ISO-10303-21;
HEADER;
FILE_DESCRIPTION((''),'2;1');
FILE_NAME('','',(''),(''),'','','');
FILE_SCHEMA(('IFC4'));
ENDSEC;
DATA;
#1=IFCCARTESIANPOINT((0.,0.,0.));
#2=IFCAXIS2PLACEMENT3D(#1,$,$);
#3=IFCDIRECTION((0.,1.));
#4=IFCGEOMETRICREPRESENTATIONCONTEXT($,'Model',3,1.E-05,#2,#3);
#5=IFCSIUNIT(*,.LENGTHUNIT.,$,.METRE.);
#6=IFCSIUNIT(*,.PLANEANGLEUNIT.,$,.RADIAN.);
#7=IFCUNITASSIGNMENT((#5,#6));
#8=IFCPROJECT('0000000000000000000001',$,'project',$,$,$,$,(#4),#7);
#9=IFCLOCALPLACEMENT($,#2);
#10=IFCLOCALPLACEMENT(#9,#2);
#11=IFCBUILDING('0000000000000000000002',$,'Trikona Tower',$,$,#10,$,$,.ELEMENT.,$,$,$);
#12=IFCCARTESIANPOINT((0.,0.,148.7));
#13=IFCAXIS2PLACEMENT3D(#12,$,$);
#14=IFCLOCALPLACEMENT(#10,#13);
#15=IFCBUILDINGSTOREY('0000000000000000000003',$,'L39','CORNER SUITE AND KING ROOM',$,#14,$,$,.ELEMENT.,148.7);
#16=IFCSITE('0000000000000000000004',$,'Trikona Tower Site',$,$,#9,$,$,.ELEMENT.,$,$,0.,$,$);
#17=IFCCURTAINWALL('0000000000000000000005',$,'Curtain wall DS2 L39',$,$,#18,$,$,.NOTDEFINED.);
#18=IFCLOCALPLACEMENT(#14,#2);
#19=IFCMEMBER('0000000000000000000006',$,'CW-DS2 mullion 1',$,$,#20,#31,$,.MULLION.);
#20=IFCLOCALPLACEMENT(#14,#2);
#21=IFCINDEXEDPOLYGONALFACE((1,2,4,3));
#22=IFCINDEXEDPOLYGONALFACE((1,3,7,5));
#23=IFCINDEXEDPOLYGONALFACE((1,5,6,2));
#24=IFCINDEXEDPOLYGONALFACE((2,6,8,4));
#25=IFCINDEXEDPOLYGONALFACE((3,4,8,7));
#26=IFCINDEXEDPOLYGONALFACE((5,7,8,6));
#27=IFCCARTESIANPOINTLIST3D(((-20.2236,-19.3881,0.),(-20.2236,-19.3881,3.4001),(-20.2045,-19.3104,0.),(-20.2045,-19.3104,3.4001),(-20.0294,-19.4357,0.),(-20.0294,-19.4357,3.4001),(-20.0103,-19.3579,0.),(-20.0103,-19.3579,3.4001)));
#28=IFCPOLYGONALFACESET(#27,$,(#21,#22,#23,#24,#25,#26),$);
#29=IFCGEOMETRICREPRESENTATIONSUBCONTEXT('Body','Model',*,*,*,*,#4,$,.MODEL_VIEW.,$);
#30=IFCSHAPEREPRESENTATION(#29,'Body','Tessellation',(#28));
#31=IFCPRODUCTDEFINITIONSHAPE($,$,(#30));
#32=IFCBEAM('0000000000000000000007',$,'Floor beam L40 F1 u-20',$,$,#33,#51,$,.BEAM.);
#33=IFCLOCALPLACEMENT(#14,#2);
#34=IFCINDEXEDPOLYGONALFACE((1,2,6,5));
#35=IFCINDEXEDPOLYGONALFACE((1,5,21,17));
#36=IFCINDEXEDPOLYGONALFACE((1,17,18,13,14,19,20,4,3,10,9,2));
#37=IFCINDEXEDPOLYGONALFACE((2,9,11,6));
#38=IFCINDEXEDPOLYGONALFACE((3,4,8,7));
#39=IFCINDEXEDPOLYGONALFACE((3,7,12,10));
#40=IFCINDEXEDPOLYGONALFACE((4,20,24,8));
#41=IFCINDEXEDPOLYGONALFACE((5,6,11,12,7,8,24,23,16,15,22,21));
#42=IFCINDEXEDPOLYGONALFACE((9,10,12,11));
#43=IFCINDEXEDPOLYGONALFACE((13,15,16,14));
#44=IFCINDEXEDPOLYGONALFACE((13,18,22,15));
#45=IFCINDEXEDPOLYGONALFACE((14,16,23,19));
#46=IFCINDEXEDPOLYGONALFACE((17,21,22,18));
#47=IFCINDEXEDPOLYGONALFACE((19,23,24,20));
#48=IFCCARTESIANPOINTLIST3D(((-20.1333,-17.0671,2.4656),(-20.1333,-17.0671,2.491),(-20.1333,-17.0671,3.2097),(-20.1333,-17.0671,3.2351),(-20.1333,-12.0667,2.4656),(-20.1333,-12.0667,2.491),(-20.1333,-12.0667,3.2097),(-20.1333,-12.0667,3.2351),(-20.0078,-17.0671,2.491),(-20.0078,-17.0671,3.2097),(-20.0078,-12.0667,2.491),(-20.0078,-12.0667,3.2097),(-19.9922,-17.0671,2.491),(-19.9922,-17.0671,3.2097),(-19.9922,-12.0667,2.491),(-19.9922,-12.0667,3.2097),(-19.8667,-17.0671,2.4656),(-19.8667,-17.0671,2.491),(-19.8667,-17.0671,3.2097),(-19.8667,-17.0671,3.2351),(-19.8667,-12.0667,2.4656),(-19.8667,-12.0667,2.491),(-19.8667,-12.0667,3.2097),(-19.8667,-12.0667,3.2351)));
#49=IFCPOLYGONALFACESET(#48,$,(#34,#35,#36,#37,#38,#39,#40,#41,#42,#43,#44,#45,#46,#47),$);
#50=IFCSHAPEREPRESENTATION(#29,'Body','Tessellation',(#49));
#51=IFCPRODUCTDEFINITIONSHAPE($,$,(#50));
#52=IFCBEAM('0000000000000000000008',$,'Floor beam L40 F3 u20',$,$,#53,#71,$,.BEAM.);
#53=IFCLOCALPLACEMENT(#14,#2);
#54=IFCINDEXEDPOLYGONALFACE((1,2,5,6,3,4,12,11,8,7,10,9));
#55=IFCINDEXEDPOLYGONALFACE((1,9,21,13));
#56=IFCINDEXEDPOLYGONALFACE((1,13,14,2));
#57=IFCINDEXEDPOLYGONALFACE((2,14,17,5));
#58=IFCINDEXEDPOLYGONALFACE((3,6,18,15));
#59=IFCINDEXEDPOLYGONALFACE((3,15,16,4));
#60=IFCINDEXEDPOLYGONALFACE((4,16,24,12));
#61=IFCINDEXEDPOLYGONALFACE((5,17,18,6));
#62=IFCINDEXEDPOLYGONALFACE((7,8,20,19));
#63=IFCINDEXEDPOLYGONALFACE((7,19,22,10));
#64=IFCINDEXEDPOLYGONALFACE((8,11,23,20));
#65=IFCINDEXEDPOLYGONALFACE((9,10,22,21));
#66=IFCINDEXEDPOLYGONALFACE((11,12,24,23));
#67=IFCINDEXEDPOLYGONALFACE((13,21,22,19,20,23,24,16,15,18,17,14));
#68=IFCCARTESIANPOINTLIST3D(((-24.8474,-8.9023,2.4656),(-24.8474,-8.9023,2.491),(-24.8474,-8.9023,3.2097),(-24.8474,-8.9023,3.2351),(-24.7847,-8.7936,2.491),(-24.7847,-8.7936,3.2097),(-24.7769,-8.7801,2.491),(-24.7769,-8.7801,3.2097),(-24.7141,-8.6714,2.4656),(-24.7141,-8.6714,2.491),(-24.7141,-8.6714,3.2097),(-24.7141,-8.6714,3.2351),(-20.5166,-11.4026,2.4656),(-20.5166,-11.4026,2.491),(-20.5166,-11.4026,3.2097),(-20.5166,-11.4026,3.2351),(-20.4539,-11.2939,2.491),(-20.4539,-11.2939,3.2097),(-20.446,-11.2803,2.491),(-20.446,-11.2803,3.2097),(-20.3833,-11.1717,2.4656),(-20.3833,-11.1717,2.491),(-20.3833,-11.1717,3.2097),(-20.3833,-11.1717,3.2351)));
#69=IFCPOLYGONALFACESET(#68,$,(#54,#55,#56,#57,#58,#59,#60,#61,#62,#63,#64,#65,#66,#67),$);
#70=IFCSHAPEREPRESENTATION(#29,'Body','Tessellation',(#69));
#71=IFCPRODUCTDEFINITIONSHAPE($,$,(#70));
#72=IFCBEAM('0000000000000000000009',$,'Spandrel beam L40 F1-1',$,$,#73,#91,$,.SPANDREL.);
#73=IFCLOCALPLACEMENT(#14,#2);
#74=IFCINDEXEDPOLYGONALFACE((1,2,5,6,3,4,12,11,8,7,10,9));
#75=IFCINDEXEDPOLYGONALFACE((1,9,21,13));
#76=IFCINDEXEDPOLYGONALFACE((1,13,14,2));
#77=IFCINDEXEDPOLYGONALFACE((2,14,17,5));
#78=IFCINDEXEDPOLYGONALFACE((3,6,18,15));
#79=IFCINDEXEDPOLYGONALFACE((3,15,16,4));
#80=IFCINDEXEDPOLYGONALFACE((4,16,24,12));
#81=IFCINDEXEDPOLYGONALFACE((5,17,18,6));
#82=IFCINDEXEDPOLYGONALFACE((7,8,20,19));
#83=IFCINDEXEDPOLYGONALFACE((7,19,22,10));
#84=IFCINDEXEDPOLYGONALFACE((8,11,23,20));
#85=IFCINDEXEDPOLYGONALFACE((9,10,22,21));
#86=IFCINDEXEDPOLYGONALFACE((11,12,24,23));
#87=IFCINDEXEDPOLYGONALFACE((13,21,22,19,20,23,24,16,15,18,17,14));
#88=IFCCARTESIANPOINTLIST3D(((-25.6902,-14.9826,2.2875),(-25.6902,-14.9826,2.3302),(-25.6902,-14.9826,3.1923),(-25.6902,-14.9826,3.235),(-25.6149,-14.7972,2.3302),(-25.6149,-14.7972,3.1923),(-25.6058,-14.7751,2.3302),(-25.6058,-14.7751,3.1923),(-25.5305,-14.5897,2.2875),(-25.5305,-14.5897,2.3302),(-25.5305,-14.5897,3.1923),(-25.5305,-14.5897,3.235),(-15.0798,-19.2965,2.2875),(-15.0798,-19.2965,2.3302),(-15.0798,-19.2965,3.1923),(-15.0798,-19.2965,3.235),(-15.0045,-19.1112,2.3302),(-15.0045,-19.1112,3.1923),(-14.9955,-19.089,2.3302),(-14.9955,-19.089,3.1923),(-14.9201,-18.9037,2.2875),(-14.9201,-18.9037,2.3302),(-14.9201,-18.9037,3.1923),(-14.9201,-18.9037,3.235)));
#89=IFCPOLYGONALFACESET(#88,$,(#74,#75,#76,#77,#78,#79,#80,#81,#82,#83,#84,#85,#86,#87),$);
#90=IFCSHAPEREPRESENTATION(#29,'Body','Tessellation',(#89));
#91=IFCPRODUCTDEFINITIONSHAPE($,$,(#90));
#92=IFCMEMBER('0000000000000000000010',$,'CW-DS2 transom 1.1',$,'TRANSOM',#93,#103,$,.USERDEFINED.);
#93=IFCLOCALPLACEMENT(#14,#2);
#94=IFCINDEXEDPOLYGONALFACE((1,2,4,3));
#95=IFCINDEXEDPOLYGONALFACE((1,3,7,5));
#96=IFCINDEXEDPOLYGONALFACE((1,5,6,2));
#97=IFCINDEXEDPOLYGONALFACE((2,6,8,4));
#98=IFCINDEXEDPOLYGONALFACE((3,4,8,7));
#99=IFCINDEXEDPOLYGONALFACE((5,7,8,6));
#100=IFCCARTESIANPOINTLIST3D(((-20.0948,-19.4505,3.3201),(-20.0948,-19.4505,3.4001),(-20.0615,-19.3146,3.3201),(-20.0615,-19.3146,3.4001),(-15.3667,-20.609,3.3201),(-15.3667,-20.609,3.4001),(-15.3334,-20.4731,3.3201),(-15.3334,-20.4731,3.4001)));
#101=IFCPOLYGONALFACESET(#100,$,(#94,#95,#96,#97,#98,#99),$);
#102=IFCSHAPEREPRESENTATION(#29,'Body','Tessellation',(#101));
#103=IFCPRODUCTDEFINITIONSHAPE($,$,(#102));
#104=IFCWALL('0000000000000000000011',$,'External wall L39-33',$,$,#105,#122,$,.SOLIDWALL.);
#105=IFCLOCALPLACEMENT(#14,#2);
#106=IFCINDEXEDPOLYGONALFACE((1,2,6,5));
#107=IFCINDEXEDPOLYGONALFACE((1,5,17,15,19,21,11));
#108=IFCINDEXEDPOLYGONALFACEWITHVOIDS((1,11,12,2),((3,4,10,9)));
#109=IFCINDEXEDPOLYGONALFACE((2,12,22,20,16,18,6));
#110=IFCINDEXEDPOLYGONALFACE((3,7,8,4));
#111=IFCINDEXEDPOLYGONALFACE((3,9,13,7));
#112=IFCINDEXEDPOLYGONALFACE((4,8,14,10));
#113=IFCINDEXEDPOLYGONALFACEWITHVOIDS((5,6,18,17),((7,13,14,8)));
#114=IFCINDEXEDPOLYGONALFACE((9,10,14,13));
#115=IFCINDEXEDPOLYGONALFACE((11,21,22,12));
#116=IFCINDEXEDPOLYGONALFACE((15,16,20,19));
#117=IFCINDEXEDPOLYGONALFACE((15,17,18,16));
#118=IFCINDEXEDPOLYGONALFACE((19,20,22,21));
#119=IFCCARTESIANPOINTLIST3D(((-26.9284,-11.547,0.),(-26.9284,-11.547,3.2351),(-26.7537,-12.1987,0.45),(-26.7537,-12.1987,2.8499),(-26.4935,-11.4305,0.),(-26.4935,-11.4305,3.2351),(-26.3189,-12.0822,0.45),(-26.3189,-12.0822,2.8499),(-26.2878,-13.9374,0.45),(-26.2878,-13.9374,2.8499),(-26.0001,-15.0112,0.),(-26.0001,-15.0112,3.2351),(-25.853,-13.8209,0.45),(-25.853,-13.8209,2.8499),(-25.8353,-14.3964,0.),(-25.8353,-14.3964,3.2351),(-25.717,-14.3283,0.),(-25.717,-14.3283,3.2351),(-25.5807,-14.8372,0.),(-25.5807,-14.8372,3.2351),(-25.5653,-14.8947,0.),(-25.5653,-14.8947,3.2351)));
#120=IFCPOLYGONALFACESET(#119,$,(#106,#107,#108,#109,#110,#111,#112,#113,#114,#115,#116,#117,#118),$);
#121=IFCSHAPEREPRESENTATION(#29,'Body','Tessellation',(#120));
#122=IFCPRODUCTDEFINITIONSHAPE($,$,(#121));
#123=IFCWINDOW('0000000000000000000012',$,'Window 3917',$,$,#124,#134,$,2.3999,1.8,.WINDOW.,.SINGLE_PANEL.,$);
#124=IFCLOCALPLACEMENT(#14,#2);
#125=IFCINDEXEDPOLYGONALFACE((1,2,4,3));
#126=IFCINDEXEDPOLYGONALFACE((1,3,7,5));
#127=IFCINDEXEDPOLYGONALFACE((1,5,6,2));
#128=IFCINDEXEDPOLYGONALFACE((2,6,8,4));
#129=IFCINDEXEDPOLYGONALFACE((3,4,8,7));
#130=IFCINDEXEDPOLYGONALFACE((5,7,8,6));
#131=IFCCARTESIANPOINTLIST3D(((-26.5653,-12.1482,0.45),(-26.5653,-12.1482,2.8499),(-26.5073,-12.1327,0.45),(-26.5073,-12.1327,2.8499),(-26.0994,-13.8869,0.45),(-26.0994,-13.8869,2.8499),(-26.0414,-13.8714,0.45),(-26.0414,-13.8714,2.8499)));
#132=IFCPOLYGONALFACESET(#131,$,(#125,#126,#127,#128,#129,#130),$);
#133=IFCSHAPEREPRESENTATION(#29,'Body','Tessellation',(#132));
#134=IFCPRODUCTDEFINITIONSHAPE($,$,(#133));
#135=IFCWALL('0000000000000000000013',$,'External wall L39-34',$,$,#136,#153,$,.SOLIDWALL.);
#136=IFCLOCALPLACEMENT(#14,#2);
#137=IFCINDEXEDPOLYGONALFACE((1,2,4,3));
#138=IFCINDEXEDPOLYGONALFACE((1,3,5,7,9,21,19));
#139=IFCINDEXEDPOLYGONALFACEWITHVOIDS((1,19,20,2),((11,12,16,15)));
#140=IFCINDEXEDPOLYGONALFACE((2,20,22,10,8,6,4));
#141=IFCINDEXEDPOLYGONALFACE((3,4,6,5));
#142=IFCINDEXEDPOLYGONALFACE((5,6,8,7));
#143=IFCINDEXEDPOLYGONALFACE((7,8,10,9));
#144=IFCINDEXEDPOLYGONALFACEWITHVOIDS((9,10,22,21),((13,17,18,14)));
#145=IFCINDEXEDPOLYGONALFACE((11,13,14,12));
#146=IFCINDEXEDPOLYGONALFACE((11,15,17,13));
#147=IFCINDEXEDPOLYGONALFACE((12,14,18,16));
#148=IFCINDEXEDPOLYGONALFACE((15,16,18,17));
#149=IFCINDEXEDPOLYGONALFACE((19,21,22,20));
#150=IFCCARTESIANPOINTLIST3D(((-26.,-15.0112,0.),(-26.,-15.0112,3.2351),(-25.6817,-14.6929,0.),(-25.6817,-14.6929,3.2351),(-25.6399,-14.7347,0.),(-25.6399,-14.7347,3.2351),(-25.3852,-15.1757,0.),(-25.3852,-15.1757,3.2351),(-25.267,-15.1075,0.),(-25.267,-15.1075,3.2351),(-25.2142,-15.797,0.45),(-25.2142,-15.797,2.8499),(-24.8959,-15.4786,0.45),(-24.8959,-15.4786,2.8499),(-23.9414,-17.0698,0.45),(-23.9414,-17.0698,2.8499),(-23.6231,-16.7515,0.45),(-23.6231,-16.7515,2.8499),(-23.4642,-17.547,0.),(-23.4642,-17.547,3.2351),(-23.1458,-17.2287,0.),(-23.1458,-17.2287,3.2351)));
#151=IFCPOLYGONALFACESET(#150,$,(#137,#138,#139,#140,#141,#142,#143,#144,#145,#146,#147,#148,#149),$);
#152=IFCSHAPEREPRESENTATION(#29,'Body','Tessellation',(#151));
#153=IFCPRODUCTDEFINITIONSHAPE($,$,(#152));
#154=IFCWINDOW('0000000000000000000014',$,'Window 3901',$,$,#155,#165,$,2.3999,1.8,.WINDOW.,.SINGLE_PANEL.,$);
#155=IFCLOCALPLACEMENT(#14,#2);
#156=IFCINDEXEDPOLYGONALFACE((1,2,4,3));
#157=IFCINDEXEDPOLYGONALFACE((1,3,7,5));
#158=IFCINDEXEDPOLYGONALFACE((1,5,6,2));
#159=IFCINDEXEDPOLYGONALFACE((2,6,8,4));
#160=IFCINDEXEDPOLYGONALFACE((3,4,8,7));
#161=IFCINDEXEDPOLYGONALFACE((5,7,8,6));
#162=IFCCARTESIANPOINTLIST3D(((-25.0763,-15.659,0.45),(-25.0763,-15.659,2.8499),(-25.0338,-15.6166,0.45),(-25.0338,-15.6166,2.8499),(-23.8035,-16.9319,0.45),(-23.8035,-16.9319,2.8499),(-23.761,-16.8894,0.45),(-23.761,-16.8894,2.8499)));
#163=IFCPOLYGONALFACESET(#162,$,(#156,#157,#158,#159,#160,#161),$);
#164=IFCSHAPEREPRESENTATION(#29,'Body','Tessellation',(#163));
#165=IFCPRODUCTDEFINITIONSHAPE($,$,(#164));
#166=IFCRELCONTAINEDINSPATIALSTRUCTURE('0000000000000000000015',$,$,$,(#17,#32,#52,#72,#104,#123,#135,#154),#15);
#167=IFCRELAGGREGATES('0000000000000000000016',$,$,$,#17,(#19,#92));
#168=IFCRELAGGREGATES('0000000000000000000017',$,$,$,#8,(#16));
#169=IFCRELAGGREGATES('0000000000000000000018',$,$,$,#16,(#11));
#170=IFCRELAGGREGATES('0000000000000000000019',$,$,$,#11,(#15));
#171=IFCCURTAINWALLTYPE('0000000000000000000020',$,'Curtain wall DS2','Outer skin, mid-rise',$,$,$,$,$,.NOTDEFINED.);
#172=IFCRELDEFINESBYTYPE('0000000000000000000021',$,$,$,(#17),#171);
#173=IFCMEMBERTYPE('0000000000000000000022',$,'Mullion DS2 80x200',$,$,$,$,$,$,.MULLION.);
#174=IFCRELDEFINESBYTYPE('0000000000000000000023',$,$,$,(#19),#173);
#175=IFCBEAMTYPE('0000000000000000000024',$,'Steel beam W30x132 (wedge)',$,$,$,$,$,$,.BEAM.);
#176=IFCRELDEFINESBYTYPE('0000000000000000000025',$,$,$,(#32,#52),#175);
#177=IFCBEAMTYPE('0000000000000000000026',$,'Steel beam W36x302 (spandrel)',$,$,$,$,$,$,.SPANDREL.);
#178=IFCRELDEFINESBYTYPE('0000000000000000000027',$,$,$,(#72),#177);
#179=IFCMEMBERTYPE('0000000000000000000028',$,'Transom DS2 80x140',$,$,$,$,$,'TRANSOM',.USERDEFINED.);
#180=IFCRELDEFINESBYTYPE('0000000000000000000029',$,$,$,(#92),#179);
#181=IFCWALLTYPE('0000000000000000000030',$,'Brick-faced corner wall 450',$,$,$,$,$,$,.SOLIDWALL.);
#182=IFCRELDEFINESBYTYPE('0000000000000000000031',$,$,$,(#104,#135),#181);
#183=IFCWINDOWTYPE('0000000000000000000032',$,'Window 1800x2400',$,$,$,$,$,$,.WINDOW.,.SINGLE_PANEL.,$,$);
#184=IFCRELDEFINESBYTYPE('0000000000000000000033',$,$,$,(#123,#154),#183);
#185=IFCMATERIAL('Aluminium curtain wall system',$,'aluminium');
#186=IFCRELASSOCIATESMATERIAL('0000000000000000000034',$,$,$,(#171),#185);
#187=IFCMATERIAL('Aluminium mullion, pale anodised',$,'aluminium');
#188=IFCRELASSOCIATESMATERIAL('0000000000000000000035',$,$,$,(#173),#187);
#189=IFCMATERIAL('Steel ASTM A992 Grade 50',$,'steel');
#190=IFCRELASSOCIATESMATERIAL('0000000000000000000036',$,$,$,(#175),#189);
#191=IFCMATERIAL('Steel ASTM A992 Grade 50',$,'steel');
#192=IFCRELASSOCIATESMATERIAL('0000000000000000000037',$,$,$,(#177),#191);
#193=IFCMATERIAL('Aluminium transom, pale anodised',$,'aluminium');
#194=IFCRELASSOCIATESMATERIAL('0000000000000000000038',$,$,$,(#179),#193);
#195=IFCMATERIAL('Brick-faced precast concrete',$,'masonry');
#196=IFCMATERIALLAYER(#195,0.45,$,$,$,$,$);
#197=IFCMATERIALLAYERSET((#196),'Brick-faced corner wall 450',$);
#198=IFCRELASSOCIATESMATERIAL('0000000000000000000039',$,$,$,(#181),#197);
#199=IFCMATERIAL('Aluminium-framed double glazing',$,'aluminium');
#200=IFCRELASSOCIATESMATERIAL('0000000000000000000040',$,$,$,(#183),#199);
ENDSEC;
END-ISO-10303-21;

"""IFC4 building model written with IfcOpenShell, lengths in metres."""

from ifc_helpers import new_model, si_unit, direction, frame, frame_2d, origin, origin_2d, place, context, subcontext, project, spatial, polyline, rectangle, i_section, outline, extrude, material, layer, layer_set, material_profile, profile_set, type_object, element, fill, aggregate, save


model = new_model("IFC4")

# Units and contexts
model_context = context("Model", 3, precision=1e-05, world=origin(), true_north=direction((0.0, 1.0)))
body_context = subcontext(model_context, "Body", "Model", "MODEL_VIEW")
ifc_project = project(units=[si_unit("LENGTHUNIT", "METRE"), si_unit("PLANEANGLEUNIT", "RADIAN")], contexts=[model_context])

# Site, building, storey
site_placement = place(None, origin())
site = spatial("IfcSite", under=ifc_project, at=site_placement, Name="Trikona Tower Site", CompositionType="ELEMENT", RefElevation=0.0)
building_placement = place(site_placement, origin())
building = spatial("IfcBuilding", under=site, at=building_placement, Name="Trikona Tower", CompositionType="ELEMENT")
storey_placement = place(building_placement, frame((0.0, 0.0, 148.7)))
storey = spatial("IfcBuildingStorey", under=building, at=storey_placement, Name="L39", Description="CORNER SUITE AND KING ROOM", CompositionType="ELEMENT", Elevation=148.7)

# Curtain wall, member
ifc_material_1 = material(Name="Aluminium curtain wall system", Category="aluminium")
curtain_wall_type = type_object("IfcCurtainWallType", Name="Curtain wall DS2", Description="Outer skin, mid-rise", PredefinedType="NOTDEFINED", material=ifc_material_1)
curtain_wall_placement = place(storey_placement, origin())
curtain_wall = element("IfcCurtainWall", 1, at=curtain_wall_placement, inside=storey, type_object=curtain_wall_type, Name="Curtain wall DS2 L39", PredefinedType="NOTDEFINED")
ifc_material_2 = material(Name="Aluminium mullion, pale anodised", Category="aluminium")
ifc_material_profile_1 = material_profile(ifc_material_2, rectangle(XDim=0.0801, YDim=0.2, at=origin_2d()), Name="MUL-DS2")
ifc_profile_set_1 = profile_set([ifc_material_profile_1], Name="Aluminium mullion, pale anodised")
member_type_1 = type_object("IfcMemberType", Name="Mullion DS2 80x200", PredefinedType="MULLION", material=ifc_profile_set_1)
member_1_placement = place(storey_placement, frame((-20.1169, -19.373, 0.0), z_axis=(0.0, 0.0, 1.0), x_axis=(0.23797, 0.971272, 0.0)))
member_1 = element("IfcMember", 2, at=member_1_placement, type_object=member_type_1, Name="CW-DS2 mullion 1", PredefinedType="MULLION", context=body_context, shape_type="SweptSolid", body=[
    extrude(rectangle(XDim=0.0801, YDim=0.2, at=origin_2d()), origin(), (0.0, 0.0, 1.0), 3.4001),
])

# Beams
ifc_material_3 = material(Name="Steel ASTM A992 Grade 50", Category="steel")
ifc_material_profile_2 = material_profile(ifc_material_3, i_section(OverallWidth=0.2666, OverallDepth=0.7695, WebThickness=0.0156, FlangeThickness=0.0254, at=origin_2d()), Name="W30X132")
ifc_profile_set_2 = profile_set([ifc_material_profile_2], Name="Steel ASTM A992 Grade 50")
beam_type_1 = type_object("IfcBeamType", Name="Steel beam W30x132 (wedge)", PredefinedType="BEAM", material=ifc_profile_set_2)
beam_1_placement = place(storey_placement, frame((-20.0, -12.0667, 2.8503), z_axis=(0.0, -1.0, 0.0), x_axis=(1.0, 0.0, 0.0)))
element("IfcBeam", 3, at=beam_1_placement, inside=storey, type_object=beam_type_1, Name="Floor beam L40 F1 u-20", PredefinedType="BEAM", context=body_context, shape_type="SweptSolid", body=[
    extrude(i_section(OverallWidth=0.2666, OverallDepth=0.7695, WebThickness=0.0156, FlangeThickness=0.0254, at=origin_2d()), origin(), (0.0, 0.0, 1.0), 5.0005),
])
beam_2_placement = place(storey_placement, frame((-20.45, -11.2871, 2.8503), z_axis=(-0.866038, 0.499977, 0.0), x_axis=(-0.499977, -0.866038, 0.0)))
element("IfcBeam", 4, at=beam_2_placement, inside=storey, type_object=beam_type_1, Name="Floor beam L40 F3 u20", PredefinedType="BEAM", context=body_context, shape_type="SweptSolid", body=[
    extrude(i_section(OverallWidth=0.2666, OverallDepth=0.7695, WebThickness=0.0156, FlangeThickness=0.0254, at=origin_2d()), origin(), (0.0, 0.0, 1.0), 5.0007),
])
ifc_material_4 = material(Name="Steel ASTM A992 Grade 50", Category="steel")
ifc_material_profile_3 = material_profile(ifc_material_4, i_section(OverallWidth=0.4241, OverallDepth=0.9475, WebThickness=0.0239, FlangeThickness=0.0427, at=origin_2d()), Name="W36X302")
ifc_profile_set_3 = profile_set([ifc_material_profile_3], Name="Steel ASTM A992 Grade 50")
beam_type_2 = type_object("IfcBeamType", Name="Steel beam W36x302 (spandrel)", PredefinedType="SPANDREL", material=ifc_profile_set_3)
beam_3_placement = place(storey_placement, frame((-25.6104, -14.7861, 2.7612), z_axis=(0.92636, -0.37664, 0.0), x_axis=(0.37664, 0.92636, 0.0)))
element("IfcBeam", 5, at=beam_3_placement, inside=storey, type_object=beam_type_2, Name="Spandrel beam L40 F1-1", PredefinedType="SPANDREL", context=body_context, shape_type="SweptSolid", body=[
    extrude(i_section(OverallWidth=0.4241, OverallDepth=0.9475, WebThickness=0.0239, FlangeThickness=0.0427, at=origin_2d()), origin(), (0.0, 0.0, 1.0), 11.4539),
])

# Member
ifc_material_5 = material(Name="Aluminium transom, pale anodised", Category="aluminium")
ifc_material_profile_4 = material_profile(ifc_material_5, rectangle(XDim=0.1399, YDim=0.0801, at=origin_2d()), Name="TRN-DS2")
ifc_profile_set_4 = profile_set([ifc_material_profile_4], Name="Aluminium transom, pale anodised")
member_type_2 = type_object("IfcMemberType", Name="Transom DS2 80x140", ElementType="TRANSOM", PredefinedType="USERDEFINED", material=ifc_profile_set_4)
member_2_placement = place(storey_placement, frame((-20.0781, -19.3826, 3.3601), z_axis=(0.971271, -0.237978, 0.0), x_axis=(0.237978, 0.971271, 0.0)))
member_2 = element("IfcMember", 6, at=member_2_placement, type_object=member_type_2, Name="CW-DS2 transom 1.1", ObjectType="TRANSOM", PredefinedType="USERDEFINED", context=body_context, shape_type="SweptSolid", body=[
    extrude(rectangle(XDim=0.1399, YDim=0.0801, at=origin_2d()), origin(), (0.0, 0.0, 1.0), 4.8679),
])
aggregate(curtain_wall, [member_1, member_2])

# Walls, openings, windows
ifc_material_6 = material(Name="Brick-faced precast concrete", Category="masonry")
ifc_layer_1 = layer(ifc_material_6, 0.45)
ifc_layer_set_1 = layer_set([ifc_layer_1], Name="Brick-faced corner wall 450")
wall_type_1 = type_object("IfcWallType", Name="Brick-faced corner wall 450", PredefinedType="SOLIDWALL", material=ifc_layer_set_1)
wall_1_placement = place(storey_placement, frame((-26.7109, -11.4888, 0.0), z_axis=(0.0, 0.0, 1.0), x_axis=(0.258823, -0.965925, 0.0)))
wall_1 = element("IfcWall", 7, at=wall_1_placement, inside=storey, type_object=wall_type_1, Name="External wall L39-33", PredefinedType="SOLIDWALL", context=body_context, shape_type="SweptSolid", body=[
    extrude(outline(polyline([(3.5864, 0.2251), (3.5269, 0.2251), (3.0352, 0.0933), (3.0, 0.2251), (0.0, 0.2251), (0.0, -0.2251), (3.5864, -0.2251), (3.5864, 0.2251)])), origin(), (0.0, 0.0, 1.0), 3.2351),
])
opening_1_placement = place(wall_1_placement, frame((0.6748, 0.0, 0.45)))
opening_1 = element("IfcOpeningElement", 8, at=opening_1_placement, cuts=wall_1, PredefinedType="OPENING", context=body_context, shape_type="SweptSolid", body=[
    extrude(rectangle(XDim=1.8, YDim=2.3999, at=frame_2d((0.8999, 1.2))), frame((0.0, 0.2349, 0.0), z_axis=(0.0, -1.0, 0.0), x_axis=(1.0, 0.0, 0.0)), (0.0, 0.0, 1.0), 0.47),
])
ifc_material_7 = material(Name="Aluminium-framed double glazing", Category="aluminium")
window_type_1 = type_object("IfcWindowType", Name="Window 1800x2400", PartitioningType="SINGLE_PANEL", PredefinedType="WINDOW", material=ifc_material_7)
window_1_placement = place(opening_1_placement, origin())
window_1 = element("IfcWindow", 9, at=window_1_placement, inside=storey, type_object=window_type_1, Name="Window 3917", OverallHeight=2.3999, OverallWidth=1.8, PartitioningType="SINGLE_PANEL", PredefinedType="WINDOW", context=body_context, shape_type="SweptSolid", body=[
    extrude(rectangle(XDim=1.8, YDim=2.3999, at=frame_2d((0.8999, 1.2))), frame((0.0, 0.03, 0.0), z_axis=(0.0, -1.0, 0.0), x_axis=(1.0, 0.0, 0.0)), (0.0, 0.0, 1.0), 0.0601),
])
fill(opening_1, window_1)
wall_2_placement = place(storey_placement, frame((-25.8408, -14.8521, 0.0), z_axis=(0.0, 0.0, 1.0), x_axis=(0.707107, -0.707107, 0.0)))
wall_2 = element("IfcWall", 10, at=wall_2_placement, inside=storey, type_object=wall_type_1, Name="External wall L39-34", PredefinedType="SOLIDWALL", context=body_context, shape_type="SweptSolid", body=[
    extrude(outline(polyline([(3.5862, 0.2251), (0.5864, 0.2251), (0.551, 0.0933), (0.0591, 0.2251), (0.0, 0.2251), (0.0, -0.2251), (3.5862, -0.2251), (3.5862, 0.2251)])), origin(), (0.0, 0.0, 1.0), 3.2351),
])
opening_2_placement = place(wall_2_placement, frame((1.1113, 0.0, 0.45)))
opening_2 = element("IfcOpeningElement", 11, at=opening_2_placement, cuts=wall_2, PredefinedType="OPENING", context=body_context, shape_type="SweptSolid", body=[
    extrude(rectangle(XDim=1.8, YDim=2.3999, at=frame_2d((0.8999, 1.2))), frame((0.0, 0.2349, 0.0), z_axis=(0.0, -1.0, 0.0), x_axis=(1.0, 0.0, 0.0)), (0.0, 0.0, 1.0), 0.47),
])
window_2_placement = place(opening_2_placement, origin())
window_2 = element("IfcWindow", 12, at=window_2_placement, inside=storey, type_object=window_type_1, Name="Window 3901", OverallHeight=2.3999, OverallWidth=1.8, PartitioningType="SINGLE_PANEL", PredefinedType="WINDOW", context=body_context, shape_type="SweptSolid", body=[
    extrude(rectangle(XDim=1.8, YDim=2.3999, at=frame_2d((0.8999, 1.2))), frame((0.0, 0.03, 0.0), z_axis=(0.0, -1.0, 0.0), x_axis=(1.0, 0.0, 0.0)), (0.0, 0.0, 1.0), 0.0601),
])
fill(opening_2, window_2)

save(model, "model.ifc")
